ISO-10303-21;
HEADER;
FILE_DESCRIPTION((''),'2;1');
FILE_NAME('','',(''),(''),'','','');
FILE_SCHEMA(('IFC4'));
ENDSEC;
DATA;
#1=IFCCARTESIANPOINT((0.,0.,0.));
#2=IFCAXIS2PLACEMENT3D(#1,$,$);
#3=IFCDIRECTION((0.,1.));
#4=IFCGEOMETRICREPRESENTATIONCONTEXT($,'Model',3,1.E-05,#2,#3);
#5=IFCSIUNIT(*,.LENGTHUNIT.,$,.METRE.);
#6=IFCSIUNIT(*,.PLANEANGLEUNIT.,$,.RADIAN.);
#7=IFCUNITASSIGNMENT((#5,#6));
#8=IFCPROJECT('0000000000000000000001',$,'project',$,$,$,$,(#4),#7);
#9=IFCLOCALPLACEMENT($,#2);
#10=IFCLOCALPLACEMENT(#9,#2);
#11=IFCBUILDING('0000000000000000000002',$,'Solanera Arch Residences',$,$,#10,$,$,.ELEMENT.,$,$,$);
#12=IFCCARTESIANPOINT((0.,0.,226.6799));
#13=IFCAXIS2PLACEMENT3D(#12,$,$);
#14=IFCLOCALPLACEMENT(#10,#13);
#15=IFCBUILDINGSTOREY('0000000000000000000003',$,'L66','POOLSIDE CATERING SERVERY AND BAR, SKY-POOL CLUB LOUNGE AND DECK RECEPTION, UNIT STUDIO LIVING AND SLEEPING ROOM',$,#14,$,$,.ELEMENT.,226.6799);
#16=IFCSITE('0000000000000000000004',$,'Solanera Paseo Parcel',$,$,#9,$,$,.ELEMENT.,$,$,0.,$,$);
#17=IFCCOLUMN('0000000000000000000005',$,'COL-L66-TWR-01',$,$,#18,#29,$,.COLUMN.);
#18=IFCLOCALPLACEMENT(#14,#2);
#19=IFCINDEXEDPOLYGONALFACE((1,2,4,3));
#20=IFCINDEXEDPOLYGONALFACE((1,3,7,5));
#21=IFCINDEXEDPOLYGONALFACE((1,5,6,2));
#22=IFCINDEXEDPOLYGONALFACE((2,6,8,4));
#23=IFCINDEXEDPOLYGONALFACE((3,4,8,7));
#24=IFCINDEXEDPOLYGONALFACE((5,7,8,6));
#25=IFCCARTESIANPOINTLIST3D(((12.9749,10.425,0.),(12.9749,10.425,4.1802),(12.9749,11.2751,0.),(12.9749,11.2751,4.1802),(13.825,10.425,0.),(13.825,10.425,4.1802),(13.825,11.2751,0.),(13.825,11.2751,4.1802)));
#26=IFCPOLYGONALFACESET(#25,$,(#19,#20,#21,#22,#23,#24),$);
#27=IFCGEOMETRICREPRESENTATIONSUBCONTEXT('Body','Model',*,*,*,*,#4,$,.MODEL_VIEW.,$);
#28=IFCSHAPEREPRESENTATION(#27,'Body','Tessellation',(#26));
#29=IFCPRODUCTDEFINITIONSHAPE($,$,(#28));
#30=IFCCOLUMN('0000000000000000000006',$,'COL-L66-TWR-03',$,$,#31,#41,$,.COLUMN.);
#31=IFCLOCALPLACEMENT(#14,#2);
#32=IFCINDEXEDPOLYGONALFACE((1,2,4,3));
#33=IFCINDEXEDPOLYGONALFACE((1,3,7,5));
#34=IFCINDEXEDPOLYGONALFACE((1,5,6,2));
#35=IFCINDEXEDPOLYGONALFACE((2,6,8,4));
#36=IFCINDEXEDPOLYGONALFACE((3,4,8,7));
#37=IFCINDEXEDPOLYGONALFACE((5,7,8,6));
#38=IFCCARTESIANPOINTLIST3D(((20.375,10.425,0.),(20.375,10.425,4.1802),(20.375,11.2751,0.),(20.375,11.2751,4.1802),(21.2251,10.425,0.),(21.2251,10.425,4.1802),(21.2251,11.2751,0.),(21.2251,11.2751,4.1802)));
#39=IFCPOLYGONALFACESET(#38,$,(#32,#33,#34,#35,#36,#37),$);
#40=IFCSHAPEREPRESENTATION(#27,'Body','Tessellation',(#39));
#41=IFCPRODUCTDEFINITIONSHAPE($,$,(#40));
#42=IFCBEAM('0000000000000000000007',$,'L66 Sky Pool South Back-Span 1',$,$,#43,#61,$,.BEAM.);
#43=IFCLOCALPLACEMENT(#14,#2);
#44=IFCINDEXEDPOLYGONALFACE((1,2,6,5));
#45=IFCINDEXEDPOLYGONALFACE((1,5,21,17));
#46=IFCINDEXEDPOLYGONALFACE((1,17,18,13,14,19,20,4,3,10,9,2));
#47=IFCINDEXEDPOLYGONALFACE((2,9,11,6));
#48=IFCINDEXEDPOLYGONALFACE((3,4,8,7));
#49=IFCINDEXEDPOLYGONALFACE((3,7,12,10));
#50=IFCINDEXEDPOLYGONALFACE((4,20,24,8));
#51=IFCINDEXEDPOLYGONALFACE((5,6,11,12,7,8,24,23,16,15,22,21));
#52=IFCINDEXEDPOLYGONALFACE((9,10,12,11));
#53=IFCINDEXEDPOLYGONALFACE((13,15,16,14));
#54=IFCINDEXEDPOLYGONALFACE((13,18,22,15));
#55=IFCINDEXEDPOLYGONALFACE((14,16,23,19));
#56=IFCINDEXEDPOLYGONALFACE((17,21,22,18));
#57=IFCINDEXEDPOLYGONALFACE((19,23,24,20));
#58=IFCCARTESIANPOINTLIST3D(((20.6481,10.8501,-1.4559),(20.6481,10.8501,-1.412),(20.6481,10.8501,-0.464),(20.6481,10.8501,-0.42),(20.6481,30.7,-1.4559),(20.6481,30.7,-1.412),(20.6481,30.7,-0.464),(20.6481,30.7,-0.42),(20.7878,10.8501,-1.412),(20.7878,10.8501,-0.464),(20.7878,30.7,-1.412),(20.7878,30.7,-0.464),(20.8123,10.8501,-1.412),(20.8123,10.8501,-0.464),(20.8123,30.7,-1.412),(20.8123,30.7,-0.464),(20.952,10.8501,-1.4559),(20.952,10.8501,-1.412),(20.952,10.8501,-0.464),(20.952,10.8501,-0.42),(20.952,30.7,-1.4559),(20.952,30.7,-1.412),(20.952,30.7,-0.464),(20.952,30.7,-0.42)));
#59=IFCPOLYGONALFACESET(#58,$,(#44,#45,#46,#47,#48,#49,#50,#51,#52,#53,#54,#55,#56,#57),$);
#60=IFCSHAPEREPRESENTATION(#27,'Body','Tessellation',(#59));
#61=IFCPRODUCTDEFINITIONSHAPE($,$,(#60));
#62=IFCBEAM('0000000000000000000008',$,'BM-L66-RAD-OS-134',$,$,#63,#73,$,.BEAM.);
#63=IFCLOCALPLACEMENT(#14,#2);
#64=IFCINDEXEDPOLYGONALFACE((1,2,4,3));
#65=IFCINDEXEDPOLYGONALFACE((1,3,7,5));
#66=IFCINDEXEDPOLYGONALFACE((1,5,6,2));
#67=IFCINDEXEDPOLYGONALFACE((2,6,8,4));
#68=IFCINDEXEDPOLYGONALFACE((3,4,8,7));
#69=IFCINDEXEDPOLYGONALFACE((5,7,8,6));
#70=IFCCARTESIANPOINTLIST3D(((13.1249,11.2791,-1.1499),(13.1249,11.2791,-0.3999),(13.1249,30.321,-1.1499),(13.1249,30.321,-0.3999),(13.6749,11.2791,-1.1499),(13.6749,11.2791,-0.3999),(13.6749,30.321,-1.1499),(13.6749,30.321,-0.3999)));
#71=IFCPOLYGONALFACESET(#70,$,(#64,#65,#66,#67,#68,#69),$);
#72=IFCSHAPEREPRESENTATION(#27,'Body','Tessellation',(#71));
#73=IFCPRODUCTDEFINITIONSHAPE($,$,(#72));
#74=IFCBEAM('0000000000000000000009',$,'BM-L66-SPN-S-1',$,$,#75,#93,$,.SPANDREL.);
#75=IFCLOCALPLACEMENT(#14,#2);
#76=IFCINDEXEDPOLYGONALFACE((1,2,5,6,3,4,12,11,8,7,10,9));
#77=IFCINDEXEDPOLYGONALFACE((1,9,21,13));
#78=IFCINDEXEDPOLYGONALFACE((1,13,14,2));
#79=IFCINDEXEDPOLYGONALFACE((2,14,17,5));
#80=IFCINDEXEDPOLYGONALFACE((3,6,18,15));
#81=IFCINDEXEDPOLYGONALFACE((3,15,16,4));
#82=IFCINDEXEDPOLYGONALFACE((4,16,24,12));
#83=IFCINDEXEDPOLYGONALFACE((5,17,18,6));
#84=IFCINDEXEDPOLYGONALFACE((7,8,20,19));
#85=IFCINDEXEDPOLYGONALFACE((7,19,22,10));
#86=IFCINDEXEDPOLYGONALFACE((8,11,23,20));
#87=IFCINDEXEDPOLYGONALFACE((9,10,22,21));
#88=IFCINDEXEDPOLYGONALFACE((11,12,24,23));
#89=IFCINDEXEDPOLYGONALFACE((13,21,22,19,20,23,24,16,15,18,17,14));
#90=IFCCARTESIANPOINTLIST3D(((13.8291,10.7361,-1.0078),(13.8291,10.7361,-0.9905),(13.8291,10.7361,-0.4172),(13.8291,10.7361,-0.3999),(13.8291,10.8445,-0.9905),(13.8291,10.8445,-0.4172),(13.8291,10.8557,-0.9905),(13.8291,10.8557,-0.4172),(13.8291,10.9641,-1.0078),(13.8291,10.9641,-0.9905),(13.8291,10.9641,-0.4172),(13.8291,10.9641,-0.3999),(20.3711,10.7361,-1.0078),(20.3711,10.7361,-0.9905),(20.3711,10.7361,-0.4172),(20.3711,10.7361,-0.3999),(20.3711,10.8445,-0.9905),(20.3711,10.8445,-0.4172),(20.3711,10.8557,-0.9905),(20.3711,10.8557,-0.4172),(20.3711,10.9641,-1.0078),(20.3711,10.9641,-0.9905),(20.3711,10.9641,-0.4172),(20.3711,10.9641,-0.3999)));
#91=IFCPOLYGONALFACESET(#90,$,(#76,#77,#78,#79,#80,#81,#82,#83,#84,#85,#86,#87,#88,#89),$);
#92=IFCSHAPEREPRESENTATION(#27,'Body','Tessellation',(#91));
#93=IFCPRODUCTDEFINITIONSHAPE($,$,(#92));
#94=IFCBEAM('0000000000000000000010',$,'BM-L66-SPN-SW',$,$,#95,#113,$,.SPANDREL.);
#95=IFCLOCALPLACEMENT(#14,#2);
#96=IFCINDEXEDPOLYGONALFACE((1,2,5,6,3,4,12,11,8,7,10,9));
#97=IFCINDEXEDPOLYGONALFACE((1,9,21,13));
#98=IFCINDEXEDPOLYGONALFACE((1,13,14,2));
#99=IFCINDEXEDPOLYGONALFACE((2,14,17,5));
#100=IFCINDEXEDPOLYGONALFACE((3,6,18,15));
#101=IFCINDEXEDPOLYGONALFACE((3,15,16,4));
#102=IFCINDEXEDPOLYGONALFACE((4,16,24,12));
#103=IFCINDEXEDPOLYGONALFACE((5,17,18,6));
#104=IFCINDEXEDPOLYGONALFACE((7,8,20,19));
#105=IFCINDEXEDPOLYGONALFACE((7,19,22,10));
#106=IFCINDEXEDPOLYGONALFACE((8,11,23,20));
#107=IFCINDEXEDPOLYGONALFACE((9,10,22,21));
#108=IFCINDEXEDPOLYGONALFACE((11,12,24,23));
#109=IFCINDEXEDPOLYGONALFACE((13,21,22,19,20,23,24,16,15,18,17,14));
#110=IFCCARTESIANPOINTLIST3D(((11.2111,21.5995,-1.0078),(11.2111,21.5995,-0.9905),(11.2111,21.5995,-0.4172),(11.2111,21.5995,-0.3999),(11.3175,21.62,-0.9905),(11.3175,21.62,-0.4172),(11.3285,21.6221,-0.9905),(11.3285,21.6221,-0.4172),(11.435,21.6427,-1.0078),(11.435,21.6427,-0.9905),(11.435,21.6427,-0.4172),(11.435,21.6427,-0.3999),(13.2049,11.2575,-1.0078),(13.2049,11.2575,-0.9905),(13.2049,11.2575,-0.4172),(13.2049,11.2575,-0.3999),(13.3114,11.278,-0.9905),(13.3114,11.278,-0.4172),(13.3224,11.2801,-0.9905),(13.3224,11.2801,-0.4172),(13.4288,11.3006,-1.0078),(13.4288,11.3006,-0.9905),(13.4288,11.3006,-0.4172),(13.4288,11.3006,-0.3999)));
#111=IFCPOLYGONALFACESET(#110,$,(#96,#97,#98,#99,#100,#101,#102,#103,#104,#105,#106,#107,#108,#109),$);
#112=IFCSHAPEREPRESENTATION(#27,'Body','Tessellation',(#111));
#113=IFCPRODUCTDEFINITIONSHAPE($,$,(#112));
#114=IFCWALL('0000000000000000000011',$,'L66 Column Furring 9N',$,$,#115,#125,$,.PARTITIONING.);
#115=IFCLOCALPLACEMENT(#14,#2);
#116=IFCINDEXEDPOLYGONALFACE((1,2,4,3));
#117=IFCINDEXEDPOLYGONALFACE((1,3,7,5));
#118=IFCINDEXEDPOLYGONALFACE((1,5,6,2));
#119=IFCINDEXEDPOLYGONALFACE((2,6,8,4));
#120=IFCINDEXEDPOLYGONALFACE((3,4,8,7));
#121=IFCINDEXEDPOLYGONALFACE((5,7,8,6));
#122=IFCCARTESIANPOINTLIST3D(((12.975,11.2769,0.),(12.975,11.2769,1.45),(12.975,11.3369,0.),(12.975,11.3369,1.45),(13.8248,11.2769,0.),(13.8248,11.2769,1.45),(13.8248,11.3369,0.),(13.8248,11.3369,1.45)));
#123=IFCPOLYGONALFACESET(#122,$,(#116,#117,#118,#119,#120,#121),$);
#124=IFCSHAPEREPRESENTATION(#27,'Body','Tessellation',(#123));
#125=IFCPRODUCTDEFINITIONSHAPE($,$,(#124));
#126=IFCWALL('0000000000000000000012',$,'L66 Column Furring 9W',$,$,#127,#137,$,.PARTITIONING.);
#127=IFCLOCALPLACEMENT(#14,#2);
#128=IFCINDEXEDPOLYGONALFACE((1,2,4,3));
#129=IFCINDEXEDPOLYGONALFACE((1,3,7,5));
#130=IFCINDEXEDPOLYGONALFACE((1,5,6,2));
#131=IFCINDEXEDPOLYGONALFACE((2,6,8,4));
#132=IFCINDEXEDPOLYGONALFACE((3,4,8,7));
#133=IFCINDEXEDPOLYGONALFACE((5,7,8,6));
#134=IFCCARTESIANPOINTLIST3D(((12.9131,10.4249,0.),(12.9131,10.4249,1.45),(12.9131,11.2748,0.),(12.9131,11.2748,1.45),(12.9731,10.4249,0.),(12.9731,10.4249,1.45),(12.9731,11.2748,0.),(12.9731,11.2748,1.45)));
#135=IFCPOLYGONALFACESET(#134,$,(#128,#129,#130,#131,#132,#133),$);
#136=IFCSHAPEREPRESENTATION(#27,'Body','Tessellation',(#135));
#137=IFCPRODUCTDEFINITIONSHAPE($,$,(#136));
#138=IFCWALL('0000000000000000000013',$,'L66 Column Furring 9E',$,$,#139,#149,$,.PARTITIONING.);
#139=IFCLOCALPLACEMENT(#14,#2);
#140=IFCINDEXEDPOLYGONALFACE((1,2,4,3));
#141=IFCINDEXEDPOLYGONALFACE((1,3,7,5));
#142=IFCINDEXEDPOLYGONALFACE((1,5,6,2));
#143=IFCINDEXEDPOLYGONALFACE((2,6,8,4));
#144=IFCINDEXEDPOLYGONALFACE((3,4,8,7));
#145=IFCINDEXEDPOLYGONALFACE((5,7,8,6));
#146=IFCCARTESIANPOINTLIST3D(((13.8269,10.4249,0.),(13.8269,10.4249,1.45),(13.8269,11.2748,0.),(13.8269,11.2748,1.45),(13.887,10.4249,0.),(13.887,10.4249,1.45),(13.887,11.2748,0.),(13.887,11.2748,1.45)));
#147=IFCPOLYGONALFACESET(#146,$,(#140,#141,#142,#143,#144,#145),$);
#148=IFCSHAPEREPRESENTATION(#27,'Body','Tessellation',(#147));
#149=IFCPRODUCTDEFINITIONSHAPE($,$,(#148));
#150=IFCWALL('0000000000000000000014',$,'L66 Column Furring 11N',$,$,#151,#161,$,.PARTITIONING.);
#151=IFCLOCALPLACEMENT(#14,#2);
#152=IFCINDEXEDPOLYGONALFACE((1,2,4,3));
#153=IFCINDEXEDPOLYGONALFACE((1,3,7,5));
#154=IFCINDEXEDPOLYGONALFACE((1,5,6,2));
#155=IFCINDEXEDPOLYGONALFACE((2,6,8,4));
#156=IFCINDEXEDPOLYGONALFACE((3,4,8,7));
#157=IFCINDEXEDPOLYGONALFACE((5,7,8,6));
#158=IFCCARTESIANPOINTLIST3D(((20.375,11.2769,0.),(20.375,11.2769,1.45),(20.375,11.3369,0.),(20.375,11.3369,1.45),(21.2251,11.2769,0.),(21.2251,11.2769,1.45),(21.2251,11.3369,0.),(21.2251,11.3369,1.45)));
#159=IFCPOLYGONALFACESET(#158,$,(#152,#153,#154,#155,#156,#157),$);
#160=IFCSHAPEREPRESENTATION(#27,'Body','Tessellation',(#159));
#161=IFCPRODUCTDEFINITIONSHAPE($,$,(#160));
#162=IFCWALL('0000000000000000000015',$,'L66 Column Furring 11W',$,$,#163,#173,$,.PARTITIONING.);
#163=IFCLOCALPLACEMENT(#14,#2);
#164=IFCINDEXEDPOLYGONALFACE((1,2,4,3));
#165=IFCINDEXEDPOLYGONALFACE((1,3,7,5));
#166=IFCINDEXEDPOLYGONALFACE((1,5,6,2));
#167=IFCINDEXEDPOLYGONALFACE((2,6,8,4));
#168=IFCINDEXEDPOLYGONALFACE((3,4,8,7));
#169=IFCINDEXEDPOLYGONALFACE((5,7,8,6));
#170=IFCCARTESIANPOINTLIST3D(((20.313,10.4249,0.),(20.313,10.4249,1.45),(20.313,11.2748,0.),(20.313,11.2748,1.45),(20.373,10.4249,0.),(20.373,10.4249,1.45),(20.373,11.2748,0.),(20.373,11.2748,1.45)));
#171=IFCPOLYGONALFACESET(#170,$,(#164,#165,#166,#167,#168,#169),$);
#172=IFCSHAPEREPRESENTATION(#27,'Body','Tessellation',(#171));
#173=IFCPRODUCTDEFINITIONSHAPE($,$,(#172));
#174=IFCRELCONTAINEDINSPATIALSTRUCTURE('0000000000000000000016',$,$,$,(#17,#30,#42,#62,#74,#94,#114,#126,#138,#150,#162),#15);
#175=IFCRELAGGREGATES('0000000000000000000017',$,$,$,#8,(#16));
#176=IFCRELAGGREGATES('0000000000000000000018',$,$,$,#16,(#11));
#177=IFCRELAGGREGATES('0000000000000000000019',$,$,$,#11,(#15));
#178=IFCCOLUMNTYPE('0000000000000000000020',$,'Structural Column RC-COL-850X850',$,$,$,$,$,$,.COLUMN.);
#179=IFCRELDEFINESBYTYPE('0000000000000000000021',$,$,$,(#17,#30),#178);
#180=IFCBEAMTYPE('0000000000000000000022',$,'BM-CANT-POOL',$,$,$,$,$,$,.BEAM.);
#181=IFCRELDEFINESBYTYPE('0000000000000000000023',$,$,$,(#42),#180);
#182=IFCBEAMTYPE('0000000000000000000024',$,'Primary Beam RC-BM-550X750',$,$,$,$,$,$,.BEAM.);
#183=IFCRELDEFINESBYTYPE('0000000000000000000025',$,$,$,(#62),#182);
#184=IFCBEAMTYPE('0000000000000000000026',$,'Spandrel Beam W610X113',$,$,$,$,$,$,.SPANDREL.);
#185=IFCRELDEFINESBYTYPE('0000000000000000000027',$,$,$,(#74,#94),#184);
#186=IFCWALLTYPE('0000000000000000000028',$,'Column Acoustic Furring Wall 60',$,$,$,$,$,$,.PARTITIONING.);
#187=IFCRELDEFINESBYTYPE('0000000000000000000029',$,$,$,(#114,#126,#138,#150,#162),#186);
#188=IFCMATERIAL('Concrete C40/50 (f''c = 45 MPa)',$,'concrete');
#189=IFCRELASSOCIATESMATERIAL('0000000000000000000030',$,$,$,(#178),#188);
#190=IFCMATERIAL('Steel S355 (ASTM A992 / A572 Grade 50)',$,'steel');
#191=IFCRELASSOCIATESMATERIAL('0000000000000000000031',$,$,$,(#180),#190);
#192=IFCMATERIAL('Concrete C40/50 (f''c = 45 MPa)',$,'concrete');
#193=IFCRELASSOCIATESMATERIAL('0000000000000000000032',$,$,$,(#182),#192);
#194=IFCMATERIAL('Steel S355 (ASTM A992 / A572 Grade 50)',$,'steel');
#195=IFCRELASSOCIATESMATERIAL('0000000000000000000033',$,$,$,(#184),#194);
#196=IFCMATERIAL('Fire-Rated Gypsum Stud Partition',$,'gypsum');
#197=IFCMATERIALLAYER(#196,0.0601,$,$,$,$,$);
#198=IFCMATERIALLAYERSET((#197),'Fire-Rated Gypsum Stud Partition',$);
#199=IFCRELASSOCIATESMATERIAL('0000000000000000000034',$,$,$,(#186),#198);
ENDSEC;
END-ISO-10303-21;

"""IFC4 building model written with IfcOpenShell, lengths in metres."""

from ifc_helpers import new_model, si_unit, direction, frame, frame_2d, origin, origin_2d, place, context, subcontext, project, spatial, rectangle, i_section, extrude, material, layer, layer_set, material_profile, profile_set, type_object, element, save


model = new_model("IFC4")

# Units and contexts
model_context = context("Model", 3, precision=1e-05, world=origin(), true_north=direction((0.0, 1.0)))
body_context = subcontext(model_context, "Body", "Model", "MODEL_VIEW")
ifc_project = project(units=[si_unit("LENGTHUNIT", "METRE"), si_unit("PLANEANGLEUNIT", "RADIAN")], contexts=[model_context])

# Site, building, storey
site_placement = place(None, origin())
site = spatial("IfcSite", under=ifc_project, at=site_placement, Name="Solanera Paseo Parcel", CompositionType="ELEMENT", RefElevation=0.0)
building_placement = place(site_placement, origin())
building = spatial("IfcBuilding", under=site, at=building_placement, Name="Solanera Arch Residences", CompositionType="ELEMENT")
storey_placement = place(building_placement, frame((0.0, 0.0, 226.6799)))
storey = spatial("IfcBuildingStorey", under=building, at=storey_placement, Name="L66", Description="POOLSIDE CATERING SERVERY AND BAR, SKY-POOL CLUB LOUNGE AND DECK RECEPTION, UNIT STUDIO LIVING AND SLEEPING ROOM", CompositionType="ELEMENT", Elevation=226.6799)

# Columns
ifc_material_1 = material(Name="Concrete C40/50 (f'c = 45 MPa)", Category="concrete")
ifc_material_profile_1 = material_profile(ifc_material_1, rectangle(XDim=0.8501, YDim=0.8501, at=origin_2d()))
ifc_profile_set_1 = profile_set([ifc_material_profile_1], Name="Concrete C40/50 (f'c = 45 MPa)")
column_type = type_object("IfcColumnType", Name="Structural Column RC-COL-850X850", PredefinedType="COLUMN", material=ifc_profile_set_1)
for number, where, z_axis, x_axis, name in (
    (1, (13.3999, 10.8501, 0.0), (0.0, 0.0, 1.0), (1.0, 0.0, 0.0), "COL-L66-TWR-01"),
    (2, (20.8, 10.8501, 0.0), (0.0, 0.0, 1.0), (1.0, 0.0, 0.0), "COL-L66-TWR-03"),
):
    element("IfcColumn", number, at=place(storey_placement, frame(where, z_axis=z_axis, x_axis=x_axis)), inside=storey, type_object=column_type, Name=name, PredefinedType="COLUMN", context=body_context, shape_type="SweptSolid", body=[
        extrude(rectangle(XDim=0.8501, YDim=0.8501, at=origin_2d()), origin(), (0.0, 0.0, 1.0), 4.1802),
    ])

# Beams
ifc_material_2 = material(Name="Steel S355 (ASTM A992 / A572 Grade 50)", Category="steel")
ifc_material_profile_2 = material_profile(ifc_material_2, i_section(OverallWidth=0.304, OverallDepth=1.0359, WebThickness=0.0244, FlangeThickness=0.0439, at=origin_2d()))
ifc_profile_set_2 = profile_set([ifc_material_profile_2], Name="Steel S355 (ASTM A992 / A572 Grade 50)")
beam_type_1 = type_object("IfcBeamType", Name="BM-CANT-POOL", PredefinedType="BEAM", material=ifc_profile_set_2)
beam_1_placement = place(storey_placement, frame((20.8, 10.8501, -0.938), z_axis=(0.0, 1.0, 0.0), x_axis=(-1.0, 0.0, 0.0)))
element("IfcBeam", 3, at=beam_1_placement, inside=storey, type_object=beam_type_1, Name="L66 Sky Pool South Back-Span 1", PredefinedType="BEAM", context=body_context, shape_type="SweptSolid", body=[
    extrude(i_section(OverallWidth=0.304, OverallDepth=1.0359, WebThickness=0.0244, FlangeThickness=0.0439, at=origin_2d()), origin(), (0.0, 0.0, 1.0), 19.8499),
])
ifc_material_3 = material(Name="Concrete C40/50 (f'c = 45 MPa)", Category="concrete")
ifc_material_profile_3 = material_profile(ifc_material_3, rectangle(XDim=0.55, YDim=0.75, at=origin_2d()))
ifc_profile_set_3 = profile_set([ifc_material_profile_3], Name="Concrete C40/50 (f'c = 45 MPa)")
beam_type_2 = type_object("IfcBeamType", Name="Primary Beam RC-BM-550X750", PredefinedType="BEAM", material=ifc_profile_set_3)
beam_2_placement = place(storey_placement, frame((13.3999, 11.2791, -0.7749), z_axis=(0.0, 1.0, 0.0), x_axis=(-1.0, 0.0, 0.0)))
element("IfcBeam", 4, at=beam_2_placement, inside=storey, type_object=beam_type_2, Name="BM-L66-RAD-OS-134", PredefinedType="BEAM", context=body_context, shape_type="SweptSolid", body=[
    extrude(rectangle(XDim=0.55, YDim=0.75, at=origin_2d()), origin(), (0.0, 0.0, 1.0), 19.042),
])
ifc_material_4 = material(Name="Steel S355 (ASTM A992 / A572 Grade 50)", Category="steel")
ifc_material_profile_4 = material_profile(ifc_material_4, i_section(OverallWidth=0.228, OverallDepth=0.6079, WebThickness=0.0112, FlangeThickness=0.0173, at=origin_2d()))
ifc_profile_set_4 = profile_set([ifc_material_profile_4], Name="Steel S355 (ASTM A992 / A572 Grade 50)")
beam_type_3 = type_object("IfcBeamType", Name="Spandrel Beam W610X113", PredefinedType="SPANDREL", material=ifc_profile_set_4)
beam_3_placement = place(storey_placement, frame((13.8291, 10.8501, -0.7039), z_axis=(1.0, 0.0, 0.0), x_axis=(0.0, 1.0, 0.0)))
element("IfcBeam", 5, at=beam_3_placement, inside=storey, type_object=beam_type_3, Name="BM-L66-SPN-S-1", PredefinedType="SPANDREL", context=body_context, shape_type="SweptSolid", body=[
    extrude(i_section(OverallWidth=0.228, OverallDepth=0.6079, WebThickness=0.0112, FlangeThickness=0.0173, at=origin_2d()), origin(), (0.0, 0.0, 1.0), 6.542),
])
beam_4_placement = place(storey_placement, frame((13.3169, 11.2791, -0.7039), z_axis=(-0.189309, 0.981918, 0.0), x_axis=(-0.981918, -0.189309, 0.0)))
element("IfcBeam", 6, at=beam_4_placement, inside=storey, type_object=beam_type_3, Name="BM-L66-SPN-SW", PredefinedType="SPANDREL", context=body_context, shape_type="SweptSolid", body=[
    extrude(i_section(OverallWidth=0.228, OverallDepth=0.6079, WebThickness=0.0112, FlangeThickness=0.0173, at=origin_2d()), origin(), (0.0, 0.0, 1.0), 10.5325),
])

# Walls
ifc_material_5 = material(Name="Fire-Rated Gypsum Stud Partition", Category="gypsum")
ifc_layer_1 = layer(ifc_material_5, 0.0601)
ifc_layer_set_1 = layer_set([ifc_layer_1], Name="Fire-Rated Gypsum Stud Partition")
wall_type_1 = type_object("IfcWallType", Name="Column Acoustic Furring Wall 60", PredefinedType="PARTITIONING", material=ifc_layer_set_1)
for number, where, z_axis, x_axis, name in (
    (7, (12.9751, 11.3069, 0.0), (0.0, 0.0, 1.0), (1.0, 0.0, 0.0), "L66 Column Furring 9N"),
    (8, (12.9431, 10.425, 0.0), (0.0, 0.0, 1.0), (0.0, 1.0, 0.0), "L66 Column Furring 9W"),
    (9, (13.8569, 10.425, 0.0), (0.0, 0.0, 1.0), (0.0, 1.0, 0.0), "L66 Column Furring 9E"),
):
    element("IfcWall", number, at=place(storey_placement, frame(where, z_axis=z_axis, x_axis=x_axis)), inside=storey, type_object=wall_type_1, Name=name, PredefinedType="PARTITIONING", context=body_context, shape_type="SweptSolid", body=[
        extrude(rectangle(XDim=0.8499, YDim=0.0601, at=frame_2d((0.4248, 0.0))), origin(), (0.0, 0.0, 1.0), 1.45),
    ])
wall_1_placement = place(storey_placement, frame((20.375, 11.3069, 0.0), z_axis=(0.0, 0.0, 1.0), x_axis=(1.0, 0.0, 0.0)))
element("IfcWall", 10, at=wall_1_placement, inside=storey, type_object=wall_type_1, Name="L66 Column Furring 11N", PredefinedType="PARTITIONING", context=body_context, shape_type="SweptSolid", body=[
    extrude(rectangle(XDim=0.8501, YDim=0.0601, at=frame_2d((0.425, 0.0))), origin(), (0.0, 0.0, 1.0), 1.45),
])
wall_2_placement = place(storey_placement, frame((20.343, 10.425, 0.0), z_axis=(0.0, 0.0, 1.0), x_axis=(0.0, 1.0, 0.0)))
element("IfcWall", 11, at=wall_2_placement, inside=storey, type_object=wall_type_1, Name="L66 Column Furring 11W", PredefinedType="PARTITIONING", context=body_context, shape_type="SweptSolid", body=[
    extrude(rectangle(XDim=0.8499, YDim=0.0601, at=frame_2d((0.4248, 0.0))), origin(), (0.0, 0.0, 1.0), 1.45),
])

save(model, "model.ifc")
